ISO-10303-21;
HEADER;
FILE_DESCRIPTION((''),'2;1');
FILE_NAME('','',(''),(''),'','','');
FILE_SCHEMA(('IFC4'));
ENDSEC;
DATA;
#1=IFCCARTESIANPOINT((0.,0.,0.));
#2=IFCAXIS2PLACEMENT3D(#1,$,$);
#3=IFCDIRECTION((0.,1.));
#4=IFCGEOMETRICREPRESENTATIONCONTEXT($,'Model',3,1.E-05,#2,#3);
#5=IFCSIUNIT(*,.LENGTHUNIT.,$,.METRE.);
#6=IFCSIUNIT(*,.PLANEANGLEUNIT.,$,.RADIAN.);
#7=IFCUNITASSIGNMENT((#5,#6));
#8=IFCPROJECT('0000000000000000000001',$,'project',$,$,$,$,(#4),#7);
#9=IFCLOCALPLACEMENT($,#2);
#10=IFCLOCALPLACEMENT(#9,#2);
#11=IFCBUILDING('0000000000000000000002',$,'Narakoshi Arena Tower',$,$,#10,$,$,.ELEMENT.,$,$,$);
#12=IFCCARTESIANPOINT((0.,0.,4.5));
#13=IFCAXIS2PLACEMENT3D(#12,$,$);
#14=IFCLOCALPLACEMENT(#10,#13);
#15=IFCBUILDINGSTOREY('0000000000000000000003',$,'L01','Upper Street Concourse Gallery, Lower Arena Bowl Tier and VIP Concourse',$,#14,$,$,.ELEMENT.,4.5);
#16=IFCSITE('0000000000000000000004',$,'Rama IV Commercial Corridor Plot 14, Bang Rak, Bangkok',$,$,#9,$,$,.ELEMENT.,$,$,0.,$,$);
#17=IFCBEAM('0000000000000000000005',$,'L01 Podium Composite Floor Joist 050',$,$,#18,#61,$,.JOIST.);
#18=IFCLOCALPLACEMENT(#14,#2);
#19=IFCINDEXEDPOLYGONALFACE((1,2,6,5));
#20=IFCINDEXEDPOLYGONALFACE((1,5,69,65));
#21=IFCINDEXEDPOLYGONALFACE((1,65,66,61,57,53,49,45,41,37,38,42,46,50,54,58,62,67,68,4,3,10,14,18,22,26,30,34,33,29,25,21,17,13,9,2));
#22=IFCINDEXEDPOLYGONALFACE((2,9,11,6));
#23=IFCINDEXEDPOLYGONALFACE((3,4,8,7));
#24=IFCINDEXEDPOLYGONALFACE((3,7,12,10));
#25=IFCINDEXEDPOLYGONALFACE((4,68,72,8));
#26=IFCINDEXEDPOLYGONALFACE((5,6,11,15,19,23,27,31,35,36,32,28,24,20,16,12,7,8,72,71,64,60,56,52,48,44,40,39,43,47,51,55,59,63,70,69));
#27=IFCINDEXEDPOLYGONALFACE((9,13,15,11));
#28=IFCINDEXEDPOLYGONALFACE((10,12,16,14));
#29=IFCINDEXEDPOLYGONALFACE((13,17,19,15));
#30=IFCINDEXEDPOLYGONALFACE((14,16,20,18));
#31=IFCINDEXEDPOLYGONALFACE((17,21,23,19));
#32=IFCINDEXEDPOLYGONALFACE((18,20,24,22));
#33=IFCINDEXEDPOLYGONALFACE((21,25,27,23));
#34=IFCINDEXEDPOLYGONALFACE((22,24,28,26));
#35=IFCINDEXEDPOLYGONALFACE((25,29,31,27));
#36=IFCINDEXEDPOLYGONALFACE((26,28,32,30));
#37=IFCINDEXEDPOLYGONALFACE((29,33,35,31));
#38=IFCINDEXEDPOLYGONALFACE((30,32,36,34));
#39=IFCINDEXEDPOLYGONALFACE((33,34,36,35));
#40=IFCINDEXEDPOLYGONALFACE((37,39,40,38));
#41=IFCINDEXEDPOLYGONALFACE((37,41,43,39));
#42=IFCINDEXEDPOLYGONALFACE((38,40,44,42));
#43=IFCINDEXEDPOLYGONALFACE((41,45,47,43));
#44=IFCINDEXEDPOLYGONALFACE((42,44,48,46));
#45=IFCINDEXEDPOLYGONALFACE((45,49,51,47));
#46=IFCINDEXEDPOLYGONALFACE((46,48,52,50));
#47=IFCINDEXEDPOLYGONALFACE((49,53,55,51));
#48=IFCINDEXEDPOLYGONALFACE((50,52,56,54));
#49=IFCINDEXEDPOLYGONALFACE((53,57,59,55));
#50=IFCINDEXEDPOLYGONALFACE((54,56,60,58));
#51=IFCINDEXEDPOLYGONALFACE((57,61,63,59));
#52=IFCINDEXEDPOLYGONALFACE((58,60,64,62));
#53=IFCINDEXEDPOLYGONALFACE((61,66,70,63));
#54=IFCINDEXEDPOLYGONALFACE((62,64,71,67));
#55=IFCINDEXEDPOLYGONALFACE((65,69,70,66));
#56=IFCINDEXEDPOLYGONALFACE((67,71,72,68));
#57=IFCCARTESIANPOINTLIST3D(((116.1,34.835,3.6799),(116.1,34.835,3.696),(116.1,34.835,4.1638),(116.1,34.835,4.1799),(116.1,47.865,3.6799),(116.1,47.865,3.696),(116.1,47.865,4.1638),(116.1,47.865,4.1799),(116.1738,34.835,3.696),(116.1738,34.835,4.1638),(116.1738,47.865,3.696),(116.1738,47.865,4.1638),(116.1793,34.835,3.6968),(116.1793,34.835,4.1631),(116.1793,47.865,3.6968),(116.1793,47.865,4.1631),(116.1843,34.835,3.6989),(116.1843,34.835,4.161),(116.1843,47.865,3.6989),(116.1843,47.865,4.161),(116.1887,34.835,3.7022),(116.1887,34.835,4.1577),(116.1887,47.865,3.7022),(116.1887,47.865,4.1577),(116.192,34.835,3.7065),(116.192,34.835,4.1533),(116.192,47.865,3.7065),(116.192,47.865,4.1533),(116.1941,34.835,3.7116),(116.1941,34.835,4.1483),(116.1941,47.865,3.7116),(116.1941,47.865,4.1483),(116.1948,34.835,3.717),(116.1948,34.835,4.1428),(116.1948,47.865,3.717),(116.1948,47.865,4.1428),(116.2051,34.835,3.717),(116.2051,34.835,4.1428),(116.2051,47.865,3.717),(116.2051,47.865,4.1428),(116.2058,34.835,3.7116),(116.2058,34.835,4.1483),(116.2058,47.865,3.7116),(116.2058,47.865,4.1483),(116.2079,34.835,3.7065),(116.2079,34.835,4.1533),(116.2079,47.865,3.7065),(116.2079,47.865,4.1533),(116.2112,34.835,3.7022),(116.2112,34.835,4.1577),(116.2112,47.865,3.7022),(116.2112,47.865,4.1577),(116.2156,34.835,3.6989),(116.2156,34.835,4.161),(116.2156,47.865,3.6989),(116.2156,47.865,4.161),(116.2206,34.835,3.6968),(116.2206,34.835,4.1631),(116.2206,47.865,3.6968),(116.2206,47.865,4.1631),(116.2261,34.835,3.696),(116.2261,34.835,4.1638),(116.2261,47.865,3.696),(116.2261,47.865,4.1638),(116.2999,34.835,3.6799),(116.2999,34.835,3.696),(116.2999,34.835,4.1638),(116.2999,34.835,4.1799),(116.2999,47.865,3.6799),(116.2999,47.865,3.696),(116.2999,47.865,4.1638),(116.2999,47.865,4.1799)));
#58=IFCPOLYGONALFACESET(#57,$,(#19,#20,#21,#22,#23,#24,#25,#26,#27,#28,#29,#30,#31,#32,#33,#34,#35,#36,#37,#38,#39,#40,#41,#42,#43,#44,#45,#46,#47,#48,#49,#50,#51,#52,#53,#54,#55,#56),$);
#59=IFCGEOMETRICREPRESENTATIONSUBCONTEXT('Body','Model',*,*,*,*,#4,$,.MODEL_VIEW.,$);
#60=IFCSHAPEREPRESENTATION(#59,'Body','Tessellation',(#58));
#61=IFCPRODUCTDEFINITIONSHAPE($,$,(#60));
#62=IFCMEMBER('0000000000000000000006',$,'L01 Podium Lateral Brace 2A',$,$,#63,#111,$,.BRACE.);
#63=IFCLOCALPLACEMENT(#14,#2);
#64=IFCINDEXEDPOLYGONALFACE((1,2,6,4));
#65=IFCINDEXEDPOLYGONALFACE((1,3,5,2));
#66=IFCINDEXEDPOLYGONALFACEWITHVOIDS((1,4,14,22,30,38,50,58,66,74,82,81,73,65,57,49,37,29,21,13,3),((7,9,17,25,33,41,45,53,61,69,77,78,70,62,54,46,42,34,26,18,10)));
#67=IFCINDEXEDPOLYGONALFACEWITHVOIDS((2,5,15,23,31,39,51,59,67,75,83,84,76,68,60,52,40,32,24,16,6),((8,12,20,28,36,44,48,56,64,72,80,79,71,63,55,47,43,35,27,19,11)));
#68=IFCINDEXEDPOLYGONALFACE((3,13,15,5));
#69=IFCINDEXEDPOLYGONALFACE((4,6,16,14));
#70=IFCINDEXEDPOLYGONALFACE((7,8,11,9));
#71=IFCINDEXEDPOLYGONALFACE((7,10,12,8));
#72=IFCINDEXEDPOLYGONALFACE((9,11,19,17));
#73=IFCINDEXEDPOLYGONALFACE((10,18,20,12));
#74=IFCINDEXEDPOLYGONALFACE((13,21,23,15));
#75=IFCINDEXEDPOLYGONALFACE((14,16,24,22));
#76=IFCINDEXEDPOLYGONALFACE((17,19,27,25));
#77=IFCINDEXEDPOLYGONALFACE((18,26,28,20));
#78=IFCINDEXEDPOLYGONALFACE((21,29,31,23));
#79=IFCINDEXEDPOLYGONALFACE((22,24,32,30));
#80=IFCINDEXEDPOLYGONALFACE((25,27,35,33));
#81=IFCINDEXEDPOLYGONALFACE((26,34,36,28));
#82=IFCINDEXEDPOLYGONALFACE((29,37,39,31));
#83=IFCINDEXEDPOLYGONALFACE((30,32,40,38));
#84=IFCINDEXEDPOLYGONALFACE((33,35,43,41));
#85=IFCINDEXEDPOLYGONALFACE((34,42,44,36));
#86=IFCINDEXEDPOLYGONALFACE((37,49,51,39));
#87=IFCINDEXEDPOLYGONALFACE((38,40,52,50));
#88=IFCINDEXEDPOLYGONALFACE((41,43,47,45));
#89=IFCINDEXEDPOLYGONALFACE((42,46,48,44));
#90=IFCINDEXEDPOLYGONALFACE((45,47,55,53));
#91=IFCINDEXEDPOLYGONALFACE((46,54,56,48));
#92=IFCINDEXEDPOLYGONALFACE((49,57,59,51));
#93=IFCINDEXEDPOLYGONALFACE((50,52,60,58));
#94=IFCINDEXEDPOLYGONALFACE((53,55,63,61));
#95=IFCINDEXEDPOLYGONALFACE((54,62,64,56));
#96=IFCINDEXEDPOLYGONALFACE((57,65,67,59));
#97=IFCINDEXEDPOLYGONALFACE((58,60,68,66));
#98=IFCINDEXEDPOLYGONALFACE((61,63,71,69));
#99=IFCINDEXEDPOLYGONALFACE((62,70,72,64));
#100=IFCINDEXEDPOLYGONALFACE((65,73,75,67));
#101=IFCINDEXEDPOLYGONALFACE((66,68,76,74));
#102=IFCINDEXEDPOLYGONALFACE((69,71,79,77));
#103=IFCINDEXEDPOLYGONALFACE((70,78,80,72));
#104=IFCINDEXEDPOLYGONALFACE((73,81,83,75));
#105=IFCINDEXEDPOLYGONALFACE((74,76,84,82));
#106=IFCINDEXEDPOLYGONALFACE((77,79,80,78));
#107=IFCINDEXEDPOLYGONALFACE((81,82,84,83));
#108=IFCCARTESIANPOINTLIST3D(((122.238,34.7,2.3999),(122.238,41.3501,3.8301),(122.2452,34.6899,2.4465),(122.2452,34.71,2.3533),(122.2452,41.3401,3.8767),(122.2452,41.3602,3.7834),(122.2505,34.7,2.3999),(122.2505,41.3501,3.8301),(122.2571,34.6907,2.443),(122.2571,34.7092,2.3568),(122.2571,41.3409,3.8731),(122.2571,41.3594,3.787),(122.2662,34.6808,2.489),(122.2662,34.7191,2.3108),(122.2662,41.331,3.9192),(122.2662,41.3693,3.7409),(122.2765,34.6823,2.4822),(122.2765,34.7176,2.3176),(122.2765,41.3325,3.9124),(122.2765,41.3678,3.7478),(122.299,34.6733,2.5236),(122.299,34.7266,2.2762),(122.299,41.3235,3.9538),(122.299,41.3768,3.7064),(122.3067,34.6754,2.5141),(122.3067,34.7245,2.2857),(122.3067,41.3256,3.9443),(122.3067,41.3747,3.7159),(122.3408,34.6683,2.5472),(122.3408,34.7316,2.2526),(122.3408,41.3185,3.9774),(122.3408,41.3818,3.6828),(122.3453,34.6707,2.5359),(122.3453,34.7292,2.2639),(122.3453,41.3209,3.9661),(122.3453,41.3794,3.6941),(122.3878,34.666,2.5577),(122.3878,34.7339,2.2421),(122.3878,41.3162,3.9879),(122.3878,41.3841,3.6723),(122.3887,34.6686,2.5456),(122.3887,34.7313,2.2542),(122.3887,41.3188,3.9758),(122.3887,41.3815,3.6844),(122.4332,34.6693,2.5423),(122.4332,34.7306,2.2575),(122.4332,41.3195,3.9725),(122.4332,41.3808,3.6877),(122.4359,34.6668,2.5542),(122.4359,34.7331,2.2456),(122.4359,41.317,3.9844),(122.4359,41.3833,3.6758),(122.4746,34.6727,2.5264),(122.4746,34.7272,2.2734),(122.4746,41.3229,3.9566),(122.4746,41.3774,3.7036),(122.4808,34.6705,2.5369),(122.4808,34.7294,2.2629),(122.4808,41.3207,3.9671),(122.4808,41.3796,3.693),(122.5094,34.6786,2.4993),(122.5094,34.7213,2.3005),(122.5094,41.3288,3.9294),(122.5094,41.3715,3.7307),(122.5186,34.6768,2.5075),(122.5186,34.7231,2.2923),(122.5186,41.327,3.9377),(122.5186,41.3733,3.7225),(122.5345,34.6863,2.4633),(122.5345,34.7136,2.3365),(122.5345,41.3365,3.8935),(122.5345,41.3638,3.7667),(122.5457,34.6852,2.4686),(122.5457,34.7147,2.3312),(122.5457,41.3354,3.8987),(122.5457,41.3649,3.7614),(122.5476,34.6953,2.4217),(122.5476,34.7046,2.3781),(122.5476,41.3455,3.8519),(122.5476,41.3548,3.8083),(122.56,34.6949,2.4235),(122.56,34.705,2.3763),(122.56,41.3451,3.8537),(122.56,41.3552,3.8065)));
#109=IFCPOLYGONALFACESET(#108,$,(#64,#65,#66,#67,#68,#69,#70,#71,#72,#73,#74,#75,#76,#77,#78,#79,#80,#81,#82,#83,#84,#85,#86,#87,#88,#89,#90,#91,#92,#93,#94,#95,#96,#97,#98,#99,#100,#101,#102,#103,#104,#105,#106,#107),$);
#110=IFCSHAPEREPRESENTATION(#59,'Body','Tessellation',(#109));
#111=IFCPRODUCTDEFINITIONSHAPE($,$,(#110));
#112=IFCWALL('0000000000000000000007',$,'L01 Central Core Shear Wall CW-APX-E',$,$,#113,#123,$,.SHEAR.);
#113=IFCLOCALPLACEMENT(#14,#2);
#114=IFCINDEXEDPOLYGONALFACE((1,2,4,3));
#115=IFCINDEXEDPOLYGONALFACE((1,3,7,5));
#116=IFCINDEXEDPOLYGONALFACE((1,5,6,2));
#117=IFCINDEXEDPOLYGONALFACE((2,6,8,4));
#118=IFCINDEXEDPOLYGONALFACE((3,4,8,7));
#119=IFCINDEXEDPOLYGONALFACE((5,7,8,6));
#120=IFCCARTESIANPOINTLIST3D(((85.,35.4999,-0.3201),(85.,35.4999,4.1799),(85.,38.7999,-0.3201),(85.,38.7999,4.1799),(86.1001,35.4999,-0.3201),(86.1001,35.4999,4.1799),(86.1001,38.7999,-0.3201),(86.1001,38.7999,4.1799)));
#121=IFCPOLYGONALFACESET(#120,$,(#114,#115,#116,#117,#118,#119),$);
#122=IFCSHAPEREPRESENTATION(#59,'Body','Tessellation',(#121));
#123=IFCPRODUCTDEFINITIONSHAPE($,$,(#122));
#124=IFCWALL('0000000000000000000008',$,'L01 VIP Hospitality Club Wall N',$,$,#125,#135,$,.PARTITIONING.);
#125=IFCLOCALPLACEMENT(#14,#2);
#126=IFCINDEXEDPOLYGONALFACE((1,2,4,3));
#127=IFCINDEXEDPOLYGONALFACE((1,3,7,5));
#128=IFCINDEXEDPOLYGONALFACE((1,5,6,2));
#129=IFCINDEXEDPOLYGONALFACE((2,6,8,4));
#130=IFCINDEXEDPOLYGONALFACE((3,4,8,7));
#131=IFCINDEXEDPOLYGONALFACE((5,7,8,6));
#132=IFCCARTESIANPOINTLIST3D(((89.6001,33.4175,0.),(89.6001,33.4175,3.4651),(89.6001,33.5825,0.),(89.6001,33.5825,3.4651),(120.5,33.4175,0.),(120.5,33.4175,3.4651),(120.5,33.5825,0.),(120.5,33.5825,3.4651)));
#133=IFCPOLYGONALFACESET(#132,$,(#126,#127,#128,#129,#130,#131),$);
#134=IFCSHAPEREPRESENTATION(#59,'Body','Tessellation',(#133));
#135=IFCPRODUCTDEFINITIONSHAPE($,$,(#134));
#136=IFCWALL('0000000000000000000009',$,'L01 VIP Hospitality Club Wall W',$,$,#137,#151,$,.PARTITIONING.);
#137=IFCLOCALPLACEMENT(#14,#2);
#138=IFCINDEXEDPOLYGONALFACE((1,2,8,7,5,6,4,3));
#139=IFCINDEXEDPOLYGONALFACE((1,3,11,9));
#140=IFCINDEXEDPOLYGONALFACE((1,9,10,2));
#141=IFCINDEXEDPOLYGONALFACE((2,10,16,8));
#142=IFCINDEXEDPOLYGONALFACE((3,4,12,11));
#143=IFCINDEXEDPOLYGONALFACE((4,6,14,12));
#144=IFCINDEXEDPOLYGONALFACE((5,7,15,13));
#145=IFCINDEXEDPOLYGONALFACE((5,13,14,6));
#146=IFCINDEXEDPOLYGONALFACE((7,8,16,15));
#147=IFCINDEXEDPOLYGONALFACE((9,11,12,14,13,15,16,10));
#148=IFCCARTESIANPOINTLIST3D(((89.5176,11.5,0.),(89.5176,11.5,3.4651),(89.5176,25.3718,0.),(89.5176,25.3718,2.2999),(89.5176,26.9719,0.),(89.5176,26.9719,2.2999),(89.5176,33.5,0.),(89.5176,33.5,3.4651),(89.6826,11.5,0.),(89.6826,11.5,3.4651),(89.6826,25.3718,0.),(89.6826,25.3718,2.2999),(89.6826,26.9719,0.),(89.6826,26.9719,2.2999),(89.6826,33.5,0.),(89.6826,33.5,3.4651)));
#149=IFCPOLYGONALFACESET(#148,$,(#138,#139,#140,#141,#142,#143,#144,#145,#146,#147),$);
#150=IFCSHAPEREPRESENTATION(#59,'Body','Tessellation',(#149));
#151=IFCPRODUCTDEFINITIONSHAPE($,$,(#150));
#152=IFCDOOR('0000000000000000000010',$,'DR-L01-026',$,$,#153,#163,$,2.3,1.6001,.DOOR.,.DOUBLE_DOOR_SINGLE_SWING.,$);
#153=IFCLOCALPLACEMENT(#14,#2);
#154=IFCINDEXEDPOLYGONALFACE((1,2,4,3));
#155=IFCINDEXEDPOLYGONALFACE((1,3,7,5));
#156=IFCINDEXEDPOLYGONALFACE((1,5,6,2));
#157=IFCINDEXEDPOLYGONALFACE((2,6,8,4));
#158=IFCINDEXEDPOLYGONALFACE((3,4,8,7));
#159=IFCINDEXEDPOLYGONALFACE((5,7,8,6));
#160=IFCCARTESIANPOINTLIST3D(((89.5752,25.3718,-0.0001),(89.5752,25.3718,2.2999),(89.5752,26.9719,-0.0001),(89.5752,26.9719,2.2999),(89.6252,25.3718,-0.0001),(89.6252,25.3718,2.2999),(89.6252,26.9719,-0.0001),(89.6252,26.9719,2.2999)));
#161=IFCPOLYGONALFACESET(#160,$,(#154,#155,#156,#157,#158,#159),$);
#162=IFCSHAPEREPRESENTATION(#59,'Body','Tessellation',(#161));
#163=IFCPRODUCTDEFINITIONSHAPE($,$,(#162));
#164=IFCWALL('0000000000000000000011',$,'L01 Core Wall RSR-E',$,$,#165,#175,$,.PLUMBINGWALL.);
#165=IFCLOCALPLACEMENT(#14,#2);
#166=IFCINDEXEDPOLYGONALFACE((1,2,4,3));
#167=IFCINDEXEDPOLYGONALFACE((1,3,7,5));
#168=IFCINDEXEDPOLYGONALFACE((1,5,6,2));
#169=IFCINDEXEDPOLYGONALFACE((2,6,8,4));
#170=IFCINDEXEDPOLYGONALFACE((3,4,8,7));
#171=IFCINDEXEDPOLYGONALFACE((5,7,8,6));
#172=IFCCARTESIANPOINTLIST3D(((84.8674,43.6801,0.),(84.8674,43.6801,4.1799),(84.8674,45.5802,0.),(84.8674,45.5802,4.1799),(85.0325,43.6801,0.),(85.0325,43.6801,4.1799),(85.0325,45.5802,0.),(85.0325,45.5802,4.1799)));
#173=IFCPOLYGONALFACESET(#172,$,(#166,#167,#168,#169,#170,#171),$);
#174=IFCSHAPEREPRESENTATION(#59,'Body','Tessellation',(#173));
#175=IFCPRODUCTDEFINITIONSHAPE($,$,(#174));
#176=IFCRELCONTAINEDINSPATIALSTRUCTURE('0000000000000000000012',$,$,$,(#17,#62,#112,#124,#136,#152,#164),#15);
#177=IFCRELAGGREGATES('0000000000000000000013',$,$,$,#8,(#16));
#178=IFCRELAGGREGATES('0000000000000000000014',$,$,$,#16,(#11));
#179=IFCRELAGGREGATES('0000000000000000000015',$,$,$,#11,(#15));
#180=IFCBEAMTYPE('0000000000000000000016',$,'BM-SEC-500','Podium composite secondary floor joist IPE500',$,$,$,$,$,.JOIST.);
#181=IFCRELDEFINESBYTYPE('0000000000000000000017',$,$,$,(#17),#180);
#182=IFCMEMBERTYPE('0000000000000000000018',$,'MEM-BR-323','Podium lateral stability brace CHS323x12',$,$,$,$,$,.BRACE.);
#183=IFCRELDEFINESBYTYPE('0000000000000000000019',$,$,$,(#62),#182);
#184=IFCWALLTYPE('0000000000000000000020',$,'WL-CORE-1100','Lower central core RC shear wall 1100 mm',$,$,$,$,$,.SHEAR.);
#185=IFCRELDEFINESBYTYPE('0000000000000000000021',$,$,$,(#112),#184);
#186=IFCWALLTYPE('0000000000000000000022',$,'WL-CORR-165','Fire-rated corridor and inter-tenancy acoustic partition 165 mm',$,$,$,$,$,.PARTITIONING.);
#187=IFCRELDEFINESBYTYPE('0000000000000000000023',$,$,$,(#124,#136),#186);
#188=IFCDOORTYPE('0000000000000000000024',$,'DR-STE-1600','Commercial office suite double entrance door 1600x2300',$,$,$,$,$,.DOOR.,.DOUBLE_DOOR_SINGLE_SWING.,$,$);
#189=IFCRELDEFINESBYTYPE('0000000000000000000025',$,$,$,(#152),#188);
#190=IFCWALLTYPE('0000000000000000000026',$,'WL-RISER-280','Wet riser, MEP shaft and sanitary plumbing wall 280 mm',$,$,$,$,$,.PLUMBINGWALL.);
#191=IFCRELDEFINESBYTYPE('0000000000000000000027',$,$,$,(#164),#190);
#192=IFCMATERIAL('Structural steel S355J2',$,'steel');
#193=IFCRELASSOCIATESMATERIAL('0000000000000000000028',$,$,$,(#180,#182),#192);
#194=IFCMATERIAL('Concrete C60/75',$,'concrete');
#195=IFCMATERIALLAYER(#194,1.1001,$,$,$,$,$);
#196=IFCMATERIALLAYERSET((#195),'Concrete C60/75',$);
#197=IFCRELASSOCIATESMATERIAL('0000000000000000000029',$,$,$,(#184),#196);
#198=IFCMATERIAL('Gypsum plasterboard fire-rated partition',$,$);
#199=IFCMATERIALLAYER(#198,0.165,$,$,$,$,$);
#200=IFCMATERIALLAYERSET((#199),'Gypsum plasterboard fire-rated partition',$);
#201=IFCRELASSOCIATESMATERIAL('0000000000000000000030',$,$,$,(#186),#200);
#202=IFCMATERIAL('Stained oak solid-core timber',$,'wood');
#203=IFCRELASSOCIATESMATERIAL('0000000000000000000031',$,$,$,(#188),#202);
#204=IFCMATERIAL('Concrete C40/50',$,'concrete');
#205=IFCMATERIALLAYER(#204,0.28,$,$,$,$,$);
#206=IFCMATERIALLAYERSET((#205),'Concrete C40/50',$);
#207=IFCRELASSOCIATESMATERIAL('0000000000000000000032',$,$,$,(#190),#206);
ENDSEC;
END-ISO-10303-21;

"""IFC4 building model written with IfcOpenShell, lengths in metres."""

from ifc_helpers import new_model, si_unit, direction, frame, frame_2d, origin, origin_2d, place, context, subcontext, project, spatial, rectangle, hollow_circle, i_section, extrude, material, layer, layer_set, material_profile, profile_set, type_object, element, fill, save


model = new_model("IFC4")

# Units and contexts
model_context = context("Model", 3, precision=1e-05, world=origin(), true_north=direction((0.0, 1.0)))
body_context = subcontext(model_context, "Body", "Model", "MODEL_VIEW")
ifc_project = project(units=[si_unit("LENGTHUNIT", "METRE"), si_unit("PLANEANGLEUNIT", "RADIAN")], contexts=[model_context])

# Site, building, storey
site_placement = place(None, origin())
site = spatial("IfcSite", under=ifc_project, at=site_placement, Name="Rama IV Commercial Corridor Plot 14, Bang Rak, Bangkok", CompositionType="ELEMENT", RefElevation=0.0)
building_placement = place(site_placement, origin())
building = spatial("IfcBuilding", under=site, at=building_placement, Name="Narakoshi Arena Tower", CompositionType="ELEMENT")
storey_placement = place(building_placement, frame((0.0, 0.0, 4.5)))
storey = spatial("IfcBuildingStorey", under=building, at=storey_placement, Name="L01", Description="Upper Street Concourse Gallery, Lower Arena Bowl Tier and VIP Concourse", CompositionType="ELEMENT", Elevation=4.5)

# Shared definitions
ifc_material_1 = material(Name="Concrete C60/75", Category="concrete")

# Beam
ifc_material_2 = material(Name="Structural steel S355J2", Category="steel")
ifc_material_profile_1 = material_profile(ifc_material_2, i_section(OverallWidth=0.2, OverallDepth=0.5, WebThickness=0.0103, FlangeThickness=0.0161, FilletRadius=0.021, at=origin_2d()), Name="IPE500")
ifc_profile_set_1 = profile_set([ifc_material_profile_1], Name="Structural steel S355J2")
beam_type_1 = type_object("IfcBeamType", Name="BM-SEC-500", Description="Podium composite secondary floor joist IPE500", PredefinedType="JOIST", material=ifc_profile_set_1)
beam_1_placement = place(storey_placement, frame((116.2, 34.835, 3.9299), z_axis=(0.0, 1.0, 0.0), x_axis=(-1.0, 0.0, 0.0)))
element("IfcBeam", 1, at=beam_1_placement, inside=storey, type_object=beam_type_1, Name="L01 Podium Composite Floor Joist 050", PredefinedType="JOIST", context=body_context, shape_type="SweptSolid", body=[
    extrude(i_section(OverallWidth=0.2, OverallDepth=0.5, WebThickness=0.0103, FlangeThickness=0.0161, FilletRadius=0.021, at=origin_2d()), origin(), (0.0, 0.0, 1.0), 13.03),
])

# Member
ifc_material_profile_2 = material_profile(ifc_material_2, hollow_circle(Radius=0.1619, WallThickness=0.0125, at=origin_2d()), Name="CHS323x12")
ifc_profile_set_2 = profile_set([ifc_material_profile_2], Name="Structural steel S355J2")
member_type = type_object("IfcMemberType", Name="MEM-BR-323", Description="Podium lateral stability brace CHS323x12", PredefinedType="BRACE", material=ifc_profile_set_2)
member_placement = place(storey_placement, frame((122.3999, 34.7, 2.3999), z_axis=(0.0, 0.977647, 0.210252), x_axis=(-1.0, 0.0, 0.0)))
element("IfcMember", 2, at=member_placement, inside=storey, type_object=member_type, Name="L01 Podium Lateral Brace 2A", PredefinedType="BRACE", context=body_context, shape_type="SweptSolid", body=[
    extrude(hollow_circle(Radius=0.1619, WallThickness=0.0125, at=origin_2d()), origin(), (0.0, 0.0, 1.0), 6.8022),
])

# Walls
ifc_layer_1 = layer(ifc_material_1, 1.1001)
ifc_layer_set_1 = layer_set([ifc_layer_1], Name="Concrete C60/75")
wall_type_1 = type_object("IfcWallType", Name="WL-CORE-1100", Description="Lower central core RC shear wall 1100 mm", PredefinedType="SHEAR", material=ifc_layer_set_1)
wall_1_placement = place(storey_placement, frame((85.55, 35.5, -0.3201), z_axis=(0.0, 0.0, 1.0), x_axis=(0.0, 1.0, 0.0)))
element("IfcWall", 3, at=wall_1_placement, inside=storey, type_object=wall_type_1, Name="L01 Central Core Shear Wall CW-APX-E", PredefinedType="SHEAR", context=body_context, shape_type="SweptSolid", body=[
    extrude(rectangle(XDim=3.3, YDim=1.1001, at=frame_2d((1.6499, 0.0))), origin(), (0.0, 0.0, 1.0), 4.5),
])
ifc_material_3 = material(Name="Gypsum plasterboard fire-rated partition")
ifc_layer_2 = layer(ifc_material_3, 0.165)
ifc_layer_set_2 = layer_set([ifc_layer_2], Name="Gypsum plasterboard fire-rated partition")
wall_type_2 = type_object("IfcWallType", Name="WL-CORR-165", Description="Fire-rated corridor and inter-tenancy acoustic partition 165 mm", PredefinedType="PARTITIONING", material=ifc_layer_set_2)
wall_2_placement = place(storey_placement, frame((120.5, 33.5, 0.0), z_axis=(0.0, 0.0, 1.0), x_axis=(-1.0, 0.0, 0.0)))
element("IfcWall", 4, at=wall_2_placement, inside=storey, type_object=wall_type_2, Name="L01 VIP Hospitality Club Wall N", PredefinedType="PARTITIONING", context=body_context, shape_type="SweptSolid", body=[
    extrude(rectangle(XDim=30.8999, YDim=0.165, at=frame_2d((15.45, 0.0))), origin(), (0.0, 0.0, 1.0), 3.4651),
])

# Wall, opening, door
wall_3_placement = place(storey_placement, frame((89.6001, 33.5, 0.0), z_axis=(0.0, 0.0, 1.0), x_axis=(0.0, -1.0, 0.0)))
wall_3 = element("IfcWall", 5, at=wall_3_placement, inside=storey, type_object=wall_type_2, Name="L01 VIP Hospitality Club Wall W", PredefinedType="PARTITIONING", context=body_context, shape_type="SweptSolid", body=[
    extrude(rectangle(XDim=22.0, YDim=0.165, at=frame_2d((11.0, 0.0))), origin(), (0.0, 0.0, 1.0), 3.4651),
])
opening_placement = place(wall_3_placement, frame((6.5281, 0.0, 0.0)))
opening = element("IfcOpeningElement", 6, at=opening_placement, cuts=wall_3, PredefinedType="OPENING", context=body_context, shape_type="SweptSolid", body=[
    extrude(rectangle(XDim=1.6001, YDim=2.3, at=frame_2d((0.8, 1.1499))), frame((0.0, 0.0925, 0.0), z_axis=(0.0, -1.0, 0.0), x_axis=(1.0, 0.0, 0.0)), (0.0, 0.0, 1.0), 0.1851),
])
ifc_material_4 = material(Name="Stained oak solid-core timber", Category="wood")
door_type = type_object("IfcDoorType", Name="DR-STE-1600", Description="Commercial office suite double entrance door 1600x2300", OperationType="DOUBLE_DOOR_SINGLE_SWING", PredefinedType="DOOR", material=ifc_material_4)
door_placement = place(opening_placement, frame((1.6001, 0.0, 0.0), z_axis=(0.0, 0.0, 1.0), x_axis=(-1.0, 0.0, 0.0)))
door = element("IfcDoor", 7, at=door_placement, inside=storey, type_object=door_type, Name="DR-L01-026", OperationType="DOUBLE_DOOR_SINGLE_SWING", OverallHeight=2.3, OverallWidth=1.6001, PredefinedType="DOOR", context=body_context, shape_type="SweptSolid", body=[
    extrude(rectangle(XDim=1.6001, YDim=2.3, at=frame_2d((0.8, 1.1499))), frame((0.0, 0.0249, 0.0), z_axis=(0.0, -1.0, 0.0), x_axis=(1.0, 0.0, 0.0)), (0.0, 0.0, 1.0), 0.05),
])
fill(opening, door)

# Wall
ifc_material_5 = material(Name="Concrete C40/50", Category="concrete")
ifc_layer_3 = layer(ifc_material_5, 0.28)
ifc_layer_set_3 = layer_set([ifc_layer_3], Name="Concrete C40/50")
wall_type_3 = type_object("IfcWallType", Name="WL-RISER-280", Description="Wet riser, MEP shaft and sanitary plumbing wall 280 mm", PredefinedType="PLUMBINGWALL", material=ifc_layer_set_3)
wall_4_placement = place(storey_placement, frame((84.95, 43.6799, 0.0), z_axis=(0.0, 0.0, 1.0), x_axis=(0.0, 1.0, 0.0)))
element("IfcWall", 8, at=wall_4_placement, inside=storey, type_object=wall_type_3, Name="L01 Core Wall RSR-E", PredefinedType="PLUMBINGWALL", context=body_context, shape_type="SweptSolid", body=[
    extrude(rectangle(XDim=1.9001, YDim=0.165, at=frame_2d((0.9502, 0.0))), origin(), (0.0, 0.0, 1.0), 4.1799),
])

save(model, "model.ifc")
